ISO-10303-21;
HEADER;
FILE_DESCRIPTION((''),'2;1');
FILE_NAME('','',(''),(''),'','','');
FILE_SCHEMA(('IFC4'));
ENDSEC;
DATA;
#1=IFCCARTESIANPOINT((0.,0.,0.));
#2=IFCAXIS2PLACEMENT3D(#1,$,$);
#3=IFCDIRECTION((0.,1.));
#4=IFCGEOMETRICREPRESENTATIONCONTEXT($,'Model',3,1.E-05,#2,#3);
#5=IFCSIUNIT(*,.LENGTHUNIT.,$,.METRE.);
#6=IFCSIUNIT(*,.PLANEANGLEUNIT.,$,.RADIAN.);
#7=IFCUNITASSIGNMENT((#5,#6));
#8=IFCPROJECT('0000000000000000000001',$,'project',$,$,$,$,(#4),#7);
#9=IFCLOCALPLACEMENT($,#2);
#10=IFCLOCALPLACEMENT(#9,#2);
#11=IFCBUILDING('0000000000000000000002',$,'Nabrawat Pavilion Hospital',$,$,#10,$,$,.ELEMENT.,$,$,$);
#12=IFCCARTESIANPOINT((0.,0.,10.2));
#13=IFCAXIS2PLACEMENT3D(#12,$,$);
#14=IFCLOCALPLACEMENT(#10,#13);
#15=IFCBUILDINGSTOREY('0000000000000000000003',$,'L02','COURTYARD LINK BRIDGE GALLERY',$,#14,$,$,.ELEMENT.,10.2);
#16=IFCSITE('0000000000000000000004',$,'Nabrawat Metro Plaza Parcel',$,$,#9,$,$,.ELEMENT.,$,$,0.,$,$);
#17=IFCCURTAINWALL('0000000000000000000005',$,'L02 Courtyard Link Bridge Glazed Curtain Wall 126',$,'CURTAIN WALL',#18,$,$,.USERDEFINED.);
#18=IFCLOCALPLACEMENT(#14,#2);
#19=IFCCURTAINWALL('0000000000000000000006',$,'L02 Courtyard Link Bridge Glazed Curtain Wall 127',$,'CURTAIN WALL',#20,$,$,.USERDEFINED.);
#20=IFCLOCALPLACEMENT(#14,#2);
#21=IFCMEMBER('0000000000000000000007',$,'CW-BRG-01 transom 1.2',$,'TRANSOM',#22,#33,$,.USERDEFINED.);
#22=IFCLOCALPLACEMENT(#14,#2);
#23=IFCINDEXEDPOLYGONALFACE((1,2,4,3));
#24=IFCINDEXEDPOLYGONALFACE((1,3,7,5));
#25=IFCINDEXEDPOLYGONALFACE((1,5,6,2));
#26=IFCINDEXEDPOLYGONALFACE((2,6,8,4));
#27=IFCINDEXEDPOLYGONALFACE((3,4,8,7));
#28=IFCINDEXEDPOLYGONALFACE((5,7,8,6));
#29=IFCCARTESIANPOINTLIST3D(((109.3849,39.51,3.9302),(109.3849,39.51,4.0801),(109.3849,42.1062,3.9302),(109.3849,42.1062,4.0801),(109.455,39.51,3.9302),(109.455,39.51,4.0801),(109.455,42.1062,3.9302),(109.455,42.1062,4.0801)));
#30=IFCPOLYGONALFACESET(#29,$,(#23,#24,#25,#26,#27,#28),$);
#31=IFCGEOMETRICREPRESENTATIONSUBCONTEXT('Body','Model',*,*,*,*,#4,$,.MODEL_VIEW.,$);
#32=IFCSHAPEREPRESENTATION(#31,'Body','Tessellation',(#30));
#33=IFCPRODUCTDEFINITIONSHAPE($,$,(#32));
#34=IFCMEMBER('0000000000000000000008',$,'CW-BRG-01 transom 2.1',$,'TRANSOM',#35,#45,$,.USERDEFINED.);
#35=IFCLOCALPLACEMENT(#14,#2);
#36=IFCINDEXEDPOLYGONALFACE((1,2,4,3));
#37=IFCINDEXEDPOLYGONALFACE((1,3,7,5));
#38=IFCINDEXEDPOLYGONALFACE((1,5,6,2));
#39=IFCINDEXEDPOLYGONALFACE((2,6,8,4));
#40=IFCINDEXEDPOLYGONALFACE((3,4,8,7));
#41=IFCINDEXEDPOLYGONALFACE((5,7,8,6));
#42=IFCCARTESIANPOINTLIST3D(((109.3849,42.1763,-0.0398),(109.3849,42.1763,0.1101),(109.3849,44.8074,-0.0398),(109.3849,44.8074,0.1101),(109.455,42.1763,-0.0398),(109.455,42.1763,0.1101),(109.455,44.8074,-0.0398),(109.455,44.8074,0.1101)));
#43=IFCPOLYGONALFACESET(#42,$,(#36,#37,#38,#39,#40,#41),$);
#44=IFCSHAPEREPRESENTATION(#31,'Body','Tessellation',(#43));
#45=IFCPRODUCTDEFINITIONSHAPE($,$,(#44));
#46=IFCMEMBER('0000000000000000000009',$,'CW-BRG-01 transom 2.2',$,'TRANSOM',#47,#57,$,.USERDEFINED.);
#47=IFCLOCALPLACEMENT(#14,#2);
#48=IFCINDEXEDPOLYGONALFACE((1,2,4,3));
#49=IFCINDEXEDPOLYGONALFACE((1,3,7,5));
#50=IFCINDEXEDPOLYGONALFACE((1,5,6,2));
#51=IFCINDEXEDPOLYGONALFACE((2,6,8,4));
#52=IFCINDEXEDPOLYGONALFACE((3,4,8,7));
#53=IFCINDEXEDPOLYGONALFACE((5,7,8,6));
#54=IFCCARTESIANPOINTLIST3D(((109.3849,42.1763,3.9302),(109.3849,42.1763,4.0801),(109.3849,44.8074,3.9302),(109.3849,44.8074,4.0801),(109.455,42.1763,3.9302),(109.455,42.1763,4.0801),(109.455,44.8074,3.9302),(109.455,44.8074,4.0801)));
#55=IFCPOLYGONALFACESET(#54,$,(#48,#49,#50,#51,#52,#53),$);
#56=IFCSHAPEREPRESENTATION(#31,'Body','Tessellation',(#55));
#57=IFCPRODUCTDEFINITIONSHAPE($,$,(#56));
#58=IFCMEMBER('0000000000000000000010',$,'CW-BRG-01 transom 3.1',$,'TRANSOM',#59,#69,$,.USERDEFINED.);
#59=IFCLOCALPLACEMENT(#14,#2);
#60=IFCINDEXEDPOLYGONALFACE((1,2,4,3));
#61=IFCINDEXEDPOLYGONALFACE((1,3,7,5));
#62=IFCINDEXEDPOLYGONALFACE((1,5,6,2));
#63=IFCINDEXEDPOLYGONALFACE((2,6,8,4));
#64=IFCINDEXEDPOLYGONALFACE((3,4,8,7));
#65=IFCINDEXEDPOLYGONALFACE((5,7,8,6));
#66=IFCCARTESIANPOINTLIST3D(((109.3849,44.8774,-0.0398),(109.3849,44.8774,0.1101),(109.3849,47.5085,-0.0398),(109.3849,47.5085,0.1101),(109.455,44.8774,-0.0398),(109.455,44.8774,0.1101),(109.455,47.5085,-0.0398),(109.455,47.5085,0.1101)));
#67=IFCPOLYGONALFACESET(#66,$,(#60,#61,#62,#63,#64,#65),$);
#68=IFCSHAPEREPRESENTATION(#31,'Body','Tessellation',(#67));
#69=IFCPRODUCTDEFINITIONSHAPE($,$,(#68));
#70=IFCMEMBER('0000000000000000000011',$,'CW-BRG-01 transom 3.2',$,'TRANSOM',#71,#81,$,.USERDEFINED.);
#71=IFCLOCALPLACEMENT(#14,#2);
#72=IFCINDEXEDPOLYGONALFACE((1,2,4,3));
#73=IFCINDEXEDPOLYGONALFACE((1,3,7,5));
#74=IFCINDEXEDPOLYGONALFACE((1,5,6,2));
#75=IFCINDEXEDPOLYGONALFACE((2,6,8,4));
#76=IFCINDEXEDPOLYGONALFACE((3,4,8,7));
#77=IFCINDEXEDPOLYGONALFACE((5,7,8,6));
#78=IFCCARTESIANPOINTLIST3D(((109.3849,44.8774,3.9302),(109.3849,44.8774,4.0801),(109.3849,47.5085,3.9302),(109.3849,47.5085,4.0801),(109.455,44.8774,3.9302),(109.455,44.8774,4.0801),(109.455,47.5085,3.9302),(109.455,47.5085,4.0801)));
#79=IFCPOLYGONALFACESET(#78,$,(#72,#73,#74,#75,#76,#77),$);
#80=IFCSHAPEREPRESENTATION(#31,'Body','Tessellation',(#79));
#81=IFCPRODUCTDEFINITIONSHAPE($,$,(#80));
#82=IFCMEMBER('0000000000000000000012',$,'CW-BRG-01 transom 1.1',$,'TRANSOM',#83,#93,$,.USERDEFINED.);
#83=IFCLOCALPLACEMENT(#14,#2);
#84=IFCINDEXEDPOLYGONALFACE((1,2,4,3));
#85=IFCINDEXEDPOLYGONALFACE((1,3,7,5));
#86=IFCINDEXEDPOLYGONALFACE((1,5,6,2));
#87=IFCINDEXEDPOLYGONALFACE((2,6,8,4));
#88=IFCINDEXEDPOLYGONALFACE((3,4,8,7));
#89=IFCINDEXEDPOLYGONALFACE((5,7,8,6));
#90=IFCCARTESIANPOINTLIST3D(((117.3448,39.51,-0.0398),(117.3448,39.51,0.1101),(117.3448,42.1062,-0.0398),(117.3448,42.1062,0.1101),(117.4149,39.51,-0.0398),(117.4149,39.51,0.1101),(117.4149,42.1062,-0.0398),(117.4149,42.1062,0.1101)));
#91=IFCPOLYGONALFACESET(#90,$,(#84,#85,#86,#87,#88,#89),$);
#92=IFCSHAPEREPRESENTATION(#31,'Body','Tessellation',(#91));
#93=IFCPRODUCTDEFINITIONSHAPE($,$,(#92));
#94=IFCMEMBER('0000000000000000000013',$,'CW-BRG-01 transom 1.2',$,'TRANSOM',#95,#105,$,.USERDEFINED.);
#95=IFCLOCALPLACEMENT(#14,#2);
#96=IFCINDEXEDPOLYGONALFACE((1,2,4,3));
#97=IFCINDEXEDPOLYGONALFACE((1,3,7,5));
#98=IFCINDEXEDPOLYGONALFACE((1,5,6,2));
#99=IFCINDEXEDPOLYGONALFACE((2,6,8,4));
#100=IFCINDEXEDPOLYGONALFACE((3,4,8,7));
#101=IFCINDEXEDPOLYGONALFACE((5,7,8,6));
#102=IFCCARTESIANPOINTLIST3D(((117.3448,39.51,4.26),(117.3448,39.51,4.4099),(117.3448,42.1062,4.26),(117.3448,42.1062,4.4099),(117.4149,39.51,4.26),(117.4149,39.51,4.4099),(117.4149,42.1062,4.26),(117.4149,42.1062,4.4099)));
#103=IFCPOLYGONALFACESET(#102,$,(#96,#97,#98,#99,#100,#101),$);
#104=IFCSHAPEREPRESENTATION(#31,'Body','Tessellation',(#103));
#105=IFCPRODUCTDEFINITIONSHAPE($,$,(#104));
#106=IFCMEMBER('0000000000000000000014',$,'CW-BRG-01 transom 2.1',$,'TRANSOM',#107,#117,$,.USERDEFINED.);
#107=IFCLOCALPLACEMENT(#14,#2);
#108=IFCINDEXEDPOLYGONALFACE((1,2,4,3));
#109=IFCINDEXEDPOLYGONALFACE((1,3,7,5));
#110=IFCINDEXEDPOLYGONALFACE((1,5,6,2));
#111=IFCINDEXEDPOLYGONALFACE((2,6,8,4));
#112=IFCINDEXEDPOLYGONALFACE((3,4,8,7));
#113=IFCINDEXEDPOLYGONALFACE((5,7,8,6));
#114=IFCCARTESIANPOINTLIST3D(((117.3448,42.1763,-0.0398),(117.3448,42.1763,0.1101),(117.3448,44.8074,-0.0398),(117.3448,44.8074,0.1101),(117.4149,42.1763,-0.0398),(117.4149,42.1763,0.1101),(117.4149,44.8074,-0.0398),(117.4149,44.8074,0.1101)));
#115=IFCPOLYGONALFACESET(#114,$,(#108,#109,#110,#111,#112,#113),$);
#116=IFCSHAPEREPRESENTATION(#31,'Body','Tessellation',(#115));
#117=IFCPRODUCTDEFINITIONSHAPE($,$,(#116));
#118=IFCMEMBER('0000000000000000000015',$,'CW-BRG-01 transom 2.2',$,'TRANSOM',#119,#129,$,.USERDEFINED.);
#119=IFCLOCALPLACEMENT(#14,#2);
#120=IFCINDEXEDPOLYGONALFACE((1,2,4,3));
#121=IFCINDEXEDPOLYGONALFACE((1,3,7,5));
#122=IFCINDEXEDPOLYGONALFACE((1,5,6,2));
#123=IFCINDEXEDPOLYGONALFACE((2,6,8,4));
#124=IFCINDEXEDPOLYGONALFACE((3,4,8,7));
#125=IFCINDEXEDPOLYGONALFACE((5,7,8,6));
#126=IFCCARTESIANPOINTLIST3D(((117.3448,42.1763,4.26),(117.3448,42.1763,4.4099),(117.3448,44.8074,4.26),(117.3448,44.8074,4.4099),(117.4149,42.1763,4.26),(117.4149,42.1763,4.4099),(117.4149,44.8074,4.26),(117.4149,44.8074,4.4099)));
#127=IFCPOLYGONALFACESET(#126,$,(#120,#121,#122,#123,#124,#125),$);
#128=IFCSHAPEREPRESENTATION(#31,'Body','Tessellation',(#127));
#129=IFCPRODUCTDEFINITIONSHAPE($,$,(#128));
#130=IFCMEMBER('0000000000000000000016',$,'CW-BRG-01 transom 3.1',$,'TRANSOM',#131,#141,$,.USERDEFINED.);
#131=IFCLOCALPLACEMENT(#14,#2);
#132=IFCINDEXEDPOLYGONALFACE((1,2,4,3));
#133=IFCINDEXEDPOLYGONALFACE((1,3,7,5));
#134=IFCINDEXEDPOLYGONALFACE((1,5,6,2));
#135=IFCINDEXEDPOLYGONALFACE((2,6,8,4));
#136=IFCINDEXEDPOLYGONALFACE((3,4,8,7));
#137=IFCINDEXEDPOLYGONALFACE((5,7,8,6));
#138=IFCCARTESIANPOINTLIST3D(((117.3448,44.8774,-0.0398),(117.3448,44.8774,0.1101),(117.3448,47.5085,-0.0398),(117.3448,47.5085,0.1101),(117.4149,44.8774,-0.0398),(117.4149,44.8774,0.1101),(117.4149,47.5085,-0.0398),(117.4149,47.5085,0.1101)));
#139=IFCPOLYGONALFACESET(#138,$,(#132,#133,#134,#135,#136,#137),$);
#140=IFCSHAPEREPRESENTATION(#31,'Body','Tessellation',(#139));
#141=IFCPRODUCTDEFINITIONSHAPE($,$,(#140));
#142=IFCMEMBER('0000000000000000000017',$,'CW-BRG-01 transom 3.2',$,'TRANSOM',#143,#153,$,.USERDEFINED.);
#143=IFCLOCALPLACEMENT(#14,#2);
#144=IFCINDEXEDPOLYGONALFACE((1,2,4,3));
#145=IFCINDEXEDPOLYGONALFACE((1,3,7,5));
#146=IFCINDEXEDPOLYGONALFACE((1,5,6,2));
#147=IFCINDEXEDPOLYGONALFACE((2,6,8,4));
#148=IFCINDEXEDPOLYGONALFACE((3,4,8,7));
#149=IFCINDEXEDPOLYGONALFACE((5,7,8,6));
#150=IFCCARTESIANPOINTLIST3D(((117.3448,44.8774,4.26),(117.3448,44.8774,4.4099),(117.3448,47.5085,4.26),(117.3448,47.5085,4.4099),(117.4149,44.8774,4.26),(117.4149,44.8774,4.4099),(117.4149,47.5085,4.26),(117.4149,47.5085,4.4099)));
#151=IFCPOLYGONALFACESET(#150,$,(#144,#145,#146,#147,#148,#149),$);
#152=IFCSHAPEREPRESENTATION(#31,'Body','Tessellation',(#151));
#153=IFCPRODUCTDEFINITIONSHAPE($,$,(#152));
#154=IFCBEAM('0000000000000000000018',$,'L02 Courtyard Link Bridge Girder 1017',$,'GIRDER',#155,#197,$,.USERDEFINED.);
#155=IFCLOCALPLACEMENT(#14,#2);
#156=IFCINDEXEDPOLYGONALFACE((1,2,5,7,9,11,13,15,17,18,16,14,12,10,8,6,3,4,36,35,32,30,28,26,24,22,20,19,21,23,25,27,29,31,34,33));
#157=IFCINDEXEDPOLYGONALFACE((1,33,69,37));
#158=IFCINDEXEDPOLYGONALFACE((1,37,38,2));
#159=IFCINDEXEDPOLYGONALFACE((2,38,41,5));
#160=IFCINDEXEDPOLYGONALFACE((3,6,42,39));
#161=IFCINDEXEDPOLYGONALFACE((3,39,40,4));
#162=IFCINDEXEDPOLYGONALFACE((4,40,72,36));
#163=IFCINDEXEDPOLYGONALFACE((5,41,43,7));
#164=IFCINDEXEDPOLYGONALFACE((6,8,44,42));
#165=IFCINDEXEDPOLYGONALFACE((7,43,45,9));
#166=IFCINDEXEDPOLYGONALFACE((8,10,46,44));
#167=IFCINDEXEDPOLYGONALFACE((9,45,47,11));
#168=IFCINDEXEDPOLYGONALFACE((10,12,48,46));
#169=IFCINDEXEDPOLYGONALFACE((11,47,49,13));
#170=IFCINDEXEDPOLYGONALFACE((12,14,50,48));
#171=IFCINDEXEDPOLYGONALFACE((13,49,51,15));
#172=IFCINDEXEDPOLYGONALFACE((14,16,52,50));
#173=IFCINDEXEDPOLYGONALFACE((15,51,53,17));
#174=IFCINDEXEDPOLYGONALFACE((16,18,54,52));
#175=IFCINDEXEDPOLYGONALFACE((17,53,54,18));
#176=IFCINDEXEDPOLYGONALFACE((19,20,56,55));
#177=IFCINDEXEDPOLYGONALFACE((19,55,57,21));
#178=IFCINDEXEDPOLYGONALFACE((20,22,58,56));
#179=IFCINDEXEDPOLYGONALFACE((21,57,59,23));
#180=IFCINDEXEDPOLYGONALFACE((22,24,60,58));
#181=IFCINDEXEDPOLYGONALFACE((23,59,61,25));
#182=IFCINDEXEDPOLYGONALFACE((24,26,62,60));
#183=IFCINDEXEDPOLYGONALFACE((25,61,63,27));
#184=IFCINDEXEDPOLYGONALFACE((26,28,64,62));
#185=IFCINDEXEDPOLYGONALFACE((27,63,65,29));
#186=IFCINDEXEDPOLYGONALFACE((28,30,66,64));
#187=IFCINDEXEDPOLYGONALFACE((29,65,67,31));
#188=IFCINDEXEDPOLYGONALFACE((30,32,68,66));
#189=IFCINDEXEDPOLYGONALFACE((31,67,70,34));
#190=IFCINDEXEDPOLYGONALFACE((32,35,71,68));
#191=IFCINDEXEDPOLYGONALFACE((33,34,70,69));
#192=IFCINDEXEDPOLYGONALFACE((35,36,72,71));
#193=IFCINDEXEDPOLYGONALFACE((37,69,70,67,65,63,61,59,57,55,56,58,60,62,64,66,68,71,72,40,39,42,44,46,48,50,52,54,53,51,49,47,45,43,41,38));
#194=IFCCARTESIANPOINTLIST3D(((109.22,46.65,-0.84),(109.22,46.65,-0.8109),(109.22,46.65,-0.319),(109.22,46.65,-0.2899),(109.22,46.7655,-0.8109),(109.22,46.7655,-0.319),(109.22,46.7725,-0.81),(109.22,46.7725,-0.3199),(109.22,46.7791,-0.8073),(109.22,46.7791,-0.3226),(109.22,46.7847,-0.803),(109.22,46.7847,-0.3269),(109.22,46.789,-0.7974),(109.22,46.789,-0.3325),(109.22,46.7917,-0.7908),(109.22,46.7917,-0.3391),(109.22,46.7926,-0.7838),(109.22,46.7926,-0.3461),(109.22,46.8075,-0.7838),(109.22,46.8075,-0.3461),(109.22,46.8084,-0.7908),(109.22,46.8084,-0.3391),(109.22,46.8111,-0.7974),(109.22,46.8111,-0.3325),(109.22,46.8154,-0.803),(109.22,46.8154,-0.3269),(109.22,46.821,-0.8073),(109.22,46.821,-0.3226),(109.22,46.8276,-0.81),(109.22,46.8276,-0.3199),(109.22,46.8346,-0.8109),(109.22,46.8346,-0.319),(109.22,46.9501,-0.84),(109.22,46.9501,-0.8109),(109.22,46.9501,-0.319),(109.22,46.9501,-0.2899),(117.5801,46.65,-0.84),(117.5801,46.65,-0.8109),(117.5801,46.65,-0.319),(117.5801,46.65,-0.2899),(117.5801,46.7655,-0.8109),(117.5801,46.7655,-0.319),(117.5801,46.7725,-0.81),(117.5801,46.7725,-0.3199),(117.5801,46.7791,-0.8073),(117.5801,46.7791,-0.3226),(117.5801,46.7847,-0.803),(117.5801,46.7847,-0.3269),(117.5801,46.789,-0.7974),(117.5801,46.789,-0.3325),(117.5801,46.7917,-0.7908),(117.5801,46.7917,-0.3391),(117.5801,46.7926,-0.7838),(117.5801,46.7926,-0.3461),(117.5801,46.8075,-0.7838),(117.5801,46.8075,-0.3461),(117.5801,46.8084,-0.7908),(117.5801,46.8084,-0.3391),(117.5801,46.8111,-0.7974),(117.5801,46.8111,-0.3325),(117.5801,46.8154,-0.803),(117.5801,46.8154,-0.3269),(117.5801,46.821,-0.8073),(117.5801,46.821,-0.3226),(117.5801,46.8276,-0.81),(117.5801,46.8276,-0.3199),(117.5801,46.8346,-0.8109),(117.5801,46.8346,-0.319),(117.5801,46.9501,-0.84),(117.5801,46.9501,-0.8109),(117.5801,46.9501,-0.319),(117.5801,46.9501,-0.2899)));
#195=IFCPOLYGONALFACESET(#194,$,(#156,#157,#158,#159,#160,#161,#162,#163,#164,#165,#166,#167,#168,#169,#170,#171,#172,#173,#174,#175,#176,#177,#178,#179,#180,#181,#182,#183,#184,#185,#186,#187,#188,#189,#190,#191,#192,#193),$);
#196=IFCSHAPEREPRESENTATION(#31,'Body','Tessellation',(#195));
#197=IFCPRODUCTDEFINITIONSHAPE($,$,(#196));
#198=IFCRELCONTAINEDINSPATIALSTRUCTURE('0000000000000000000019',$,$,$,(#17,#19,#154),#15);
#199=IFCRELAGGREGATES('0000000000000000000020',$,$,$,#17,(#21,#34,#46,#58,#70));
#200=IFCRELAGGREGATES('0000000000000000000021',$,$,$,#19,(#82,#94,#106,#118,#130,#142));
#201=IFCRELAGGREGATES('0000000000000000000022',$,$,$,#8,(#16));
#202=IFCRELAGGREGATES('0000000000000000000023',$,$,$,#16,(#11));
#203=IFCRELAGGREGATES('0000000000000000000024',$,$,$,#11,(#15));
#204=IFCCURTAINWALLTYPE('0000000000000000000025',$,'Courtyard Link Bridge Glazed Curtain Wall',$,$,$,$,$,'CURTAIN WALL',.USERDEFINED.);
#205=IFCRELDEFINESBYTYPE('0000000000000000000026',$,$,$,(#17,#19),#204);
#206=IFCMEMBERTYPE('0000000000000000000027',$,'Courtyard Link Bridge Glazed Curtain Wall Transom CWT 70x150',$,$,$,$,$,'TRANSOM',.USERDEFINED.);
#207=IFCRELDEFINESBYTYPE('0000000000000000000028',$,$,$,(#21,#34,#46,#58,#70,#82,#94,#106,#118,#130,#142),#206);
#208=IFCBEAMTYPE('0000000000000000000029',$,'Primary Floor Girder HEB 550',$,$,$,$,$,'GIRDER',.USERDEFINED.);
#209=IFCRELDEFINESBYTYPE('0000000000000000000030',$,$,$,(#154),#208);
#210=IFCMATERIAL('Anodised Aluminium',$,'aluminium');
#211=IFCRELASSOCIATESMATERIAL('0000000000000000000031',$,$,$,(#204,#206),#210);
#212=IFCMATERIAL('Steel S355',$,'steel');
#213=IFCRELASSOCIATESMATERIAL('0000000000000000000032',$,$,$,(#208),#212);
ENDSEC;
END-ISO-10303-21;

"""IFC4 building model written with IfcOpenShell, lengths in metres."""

from ifc_helpers import new_model, si_unit, direction, frame, origin, origin_2d, place, context, subcontext, project, spatial, rectangle, i_section, extrude, material, material_profile, profile_set, type_object, element, aggregate, save


model = new_model("IFC4")

# Units and contexts
model_context = context("Model", 3, precision=1e-05, world=origin(), true_north=direction((0.0, 1.0)))
body_context = subcontext(model_context, "Body", "Model", "MODEL_VIEW")
ifc_project = project(units=[si_unit("LENGTHUNIT", "METRE"), si_unit("PLANEANGLEUNIT", "RADIAN")], contexts=[model_context])

# Site, building, storey
site_placement = place(None, origin())
site = spatial("IfcSite", under=ifc_project, at=site_placement, Name="Nabrawat Metro Plaza Parcel", CompositionType="ELEMENT", RefElevation=0.0)
building_placement = place(site_placement, origin())
building = spatial("IfcBuilding", under=site, at=building_placement, Name="Nabrawat Pavilion Hospital", CompositionType="ELEMENT")
storey_placement = place(building_placement, frame((0.0, 0.0, 10.2)))
storey = spatial("IfcBuildingStorey", under=building, at=storey_placement, Name="L02", Description="COURTYARD LINK BRIDGE GALLERY", CompositionType="ELEMENT", Elevation=10.2)

# Shared definitions
ifc_material_1 = material(Name="Steel S355", Category="steel")

# Curtain walls
ifc_material_2 = material(Name="Anodised Aluminium", Category="aluminium")
curtain_wall_type = type_object("IfcCurtainWallType", Name="Courtyard Link Bridge Glazed Curtain Wall", ElementType="CURTAIN WALL", PredefinedType="USERDEFINED", material=ifc_material_2)
curtain_wall_1_placement = place(storey_placement, origin())
curtain_wall_1 = element("IfcCurtainWall", 1, at=curtain_wall_1_placement, inside=storey, type_object=curtain_wall_type, Name="L02 Courtyard Link Bridge Glazed Curtain Wall 126", ObjectType="CURTAIN WALL", PredefinedType="USERDEFINED")
curtain_wall_2_placement = place(storey_placement, origin())
curtain_wall_2 = element("IfcCurtainWall", 2, at=curtain_wall_2_placement, inside=storey, type_object=curtain_wall_type, Name="L02 Courtyard Link Bridge Glazed Curtain Wall 127", ObjectType="CURTAIN WALL", PredefinedType="USERDEFINED")

# Members
ifc_material_profile_1 = material_profile(ifc_material_2, rectangle(XDim=0.0701, YDim=0.1499, at=origin_2d()), Name="CWT 70x150")
ifc_profile_set_1 = profile_set([ifc_material_profile_1], Name="Anodised Aluminium")
member_type_1 = type_object("IfcMemberType", Name="Courtyard Link Bridge Glazed Curtain Wall Transom CWT 70x150", ElementType="TRANSOM", PredefinedType="USERDEFINED", material=ifc_profile_set_1)
member_1_placement = place(storey_placement, frame((109.4199, 39.51, 4.0051), z_axis=(0.0, 1.0, 0.0), x_axis=(-1.0, 0.0, 0.0)))
member_1 = element("IfcMember", 3, at=member_1_placement, type_object=member_type_1, Name="CW-BRG-01 transom 1.2", ObjectType="TRANSOM", PredefinedType="USERDEFINED", context=body_context, shape_type="SweptSolid", body=[
    extrude(rectangle(XDim=0.0701, YDim=0.1499, at=origin_2d()), origin(), (0.0, 0.0, 1.0), 2.5962),
])
member_2_placement = place(storey_placement, frame((109.4199, 42.1763, 0.0352), z_axis=(0.0, 1.0, 0.0), x_axis=(-1.0, 0.0, 0.0)))
member_2 = element("IfcMember", 4, at=member_2_placement, type_object=member_type_1, Name="CW-BRG-01 transom 2.1", ObjectType="TRANSOM", PredefinedType="USERDEFINED", context=body_context, shape_type="SweptSolid", body=[
    extrude(rectangle(XDim=0.0701, YDim=0.1499, at=origin_2d()), origin(), (0.0, 0.0, 1.0), 2.6311),
])
member_3_placement = place(storey_placement, frame((109.4199, 42.1763, 4.0051), z_axis=(0.0, 1.0, 0.0), x_axis=(-1.0, 0.0, 0.0)))
member_3 = element("IfcMember", 5, at=member_3_placement, type_object=member_type_1, Name="CW-BRG-01 transom 2.2", ObjectType="TRANSOM", PredefinedType="USERDEFINED", context=body_context, shape_type="SweptSolid", body=[
    extrude(rectangle(XDim=0.0701, YDim=0.1499, at=origin_2d()), origin(), (0.0, 0.0, 1.0), 2.6311),
])
member_4_placement = place(storey_placement, frame((109.4199, 44.8774, 0.0352), z_axis=(0.0, 1.0, 0.0), x_axis=(-1.0, 0.0, 0.0)))
member_4 = element("IfcMember", 6, at=member_4_placement, type_object=member_type_1, Name="CW-BRG-01 transom 3.1", ObjectType="TRANSOM", PredefinedType="USERDEFINED", context=body_context, shape_type="SweptSolid", body=[
    extrude(rectangle(XDim=0.0701, YDim=0.1499, at=origin_2d()), origin(), (0.0, 0.0, 1.0), 2.6311),
])
member_5_placement = place(storey_placement, frame((109.4199, 44.8774, 4.0051), z_axis=(0.0, 1.0, 0.0), x_axis=(-1.0, 0.0, 0.0)))
member_5 = element("IfcMember", 7, at=member_5_placement, type_object=member_type_1, Name="CW-BRG-01 transom 3.2", ObjectType="TRANSOM", PredefinedType="USERDEFINED", context=body_context, shape_type="SweptSolid", body=[
    extrude(rectangle(XDim=0.0701, YDim=0.1499, at=origin_2d()), origin(), (0.0, 0.0, 1.0), 2.6311),
])
member_6_placement = place(storey_placement, frame((117.3799, 39.51, 0.0352), z_axis=(0.0, 1.0, 0.0), x_axis=(-1.0, 0.0, 0.0)))
member_6 = element("IfcMember", 8, at=member_6_placement, type_object=member_type_1, Name="CW-BRG-01 transom 1.1", ObjectType="TRANSOM", PredefinedType="USERDEFINED", context=body_context, shape_type="SweptSolid", body=[
    extrude(rectangle(XDim=0.0701, YDim=0.1499, at=origin_2d()), origin(), (0.0, 0.0, 1.0), 2.5962),
])
member_7_placement = place(storey_placement, frame((117.3799, 39.51, 4.335), z_axis=(0.0, 1.0, 0.0), x_axis=(-1.0, 0.0, 0.0)))
member_7 = element("IfcMember", 9, at=member_7_placement, type_object=member_type_1, Name="CW-BRG-01 transom 1.2", ObjectType="TRANSOM", PredefinedType="USERDEFINED", context=body_context, shape_type="SweptSolid", body=[
    extrude(rectangle(XDim=0.0701, YDim=0.1499, at=origin_2d()), origin(), (0.0, 0.0, 1.0), 2.5962),
])
member_8_placement = place(storey_placement, frame((117.3799, 42.1763, 0.0352), z_axis=(0.0, 1.0, 0.0), x_axis=(-1.0, 0.0, 0.0)))
member_8 = element("IfcMember", 10, at=member_8_placement, type_object=member_type_1, Name="CW-BRG-01 transom 2.1", ObjectType="TRANSOM", PredefinedType="USERDEFINED", context=body_context, shape_type="SweptSolid", body=[
    extrude(rectangle(XDim=0.0701, YDim=0.1499, at=origin_2d()), origin(), (0.0, 0.0, 1.0), 2.6311),
])
member_9_placement = place(storey_placement, frame((117.3799, 42.1763, 4.335), z_axis=(0.0, 1.0, 0.0), x_axis=(-1.0, 0.0, 0.0)))
member_9 = element("IfcMember", 11, at=member_9_placement, type_object=member_type_1, Name="CW-BRG-01 transom 2.2", ObjectType="TRANSOM", PredefinedType="USERDEFINED", context=body_context, shape_type="SweptSolid", body=[
    extrude(rectangle(XDim=0.0701, YDim=0.1499, at=origin_2d()), origin(), (0.0, 0.0, 1.0), 2.6311),
])
member_10_placement = place(storey_placement, frame((117.3799, 44.8774, 0.0352), z_axis=(0.0, 1.0, 0.0), x_axis=(-1.0, 0.0, 0.0)))
member_10 = element("IfcMember", 12, at=member_10_placement, type_object=member_type_1, Name="CW-BRG-01 transom 3.1", ObjectType="TRANSOM", PredefinedType="USERDEFINED", context=body_context, shape_type="SweptSolid", body=[
    extrude(rectangle(XDim=0.0701, YDim=0.1499, at=origin_2d()), origin(), (0.0, 0.0, 1.0), 2.6311),
])
member_11_placement = place(storey_placement, frame((117.3799, 44.8774, 4.335), z_axis=(0.0, 1.0, 0.0), x_axis=(-1.0, 0.0, 0.0)))
member_11 = element("IfcMember", 13, at=member_11_placement, type_object=member_type_1, Name="CW-BRG-01 transom 3.2", ObjectType="TRANSOM", PredefinedType="USERDEFINED", context=body_context, shape_type="SweptSolid", body=[
    extrude(rectangle(XDim=0.0701, YDim=0.1499, at=origin_2d()), origin(), (0.0, 0.0, 1.0), 2.6311),
])

# Beam
ifc_material_profile_2 = material_profile(ifc_material_1, i_section(OverallWidth=0.3, OverallDepth=0.55, WebThickness=0.0149, FlangeThickness=0.0291, FilletRadius=0.0271, at=origin_2d()), Name="HEB 550")
ifc_profile_set_2 = profile_set([ifc_material_profile_2], Name="Steel S355")
beam_type_1 = type_object("IfcBeamType", Name="Primary Floor Girder HEB 550", ElementType="GIRDER", PredefinedType="USERDEFINED", material=ifc_profile_set_2)
beam_1_placement = place(storey_placement, frame((109.22, 46.8, -0.5649), z_axis=(1.0, 0.0, 0.0), x_axis=(0.0, 1.0, 0.0)))
element("IfcBeam", 14, at=beam_1_placement, inside=storey, type_object=beam_type_1, Name="L02 Courtyard Link Bridge Girder 1017", ObjectType="GIRDER", PredefinedType="USERDEFINED", context=body_context, shape_type="SweptSolid", body=[
    extrude(i_section(OverallWidth=0.3, OverallDepth=0.55, WebThickness=0.0149, FlangeThickness=0.0291, FilletRadius=0.0271, at=origin_2d()), origin(), (0.0, 0.0, 1.0), 8.3601),
])

aggregate(curtain_wall_1, [member_1, member_2, member_3, member_4, member_5])
aggregate(curtain_wall_2, [member_6, member_7, member_8, member_9, member_10, member_11])

save(model, "model.ifc")
